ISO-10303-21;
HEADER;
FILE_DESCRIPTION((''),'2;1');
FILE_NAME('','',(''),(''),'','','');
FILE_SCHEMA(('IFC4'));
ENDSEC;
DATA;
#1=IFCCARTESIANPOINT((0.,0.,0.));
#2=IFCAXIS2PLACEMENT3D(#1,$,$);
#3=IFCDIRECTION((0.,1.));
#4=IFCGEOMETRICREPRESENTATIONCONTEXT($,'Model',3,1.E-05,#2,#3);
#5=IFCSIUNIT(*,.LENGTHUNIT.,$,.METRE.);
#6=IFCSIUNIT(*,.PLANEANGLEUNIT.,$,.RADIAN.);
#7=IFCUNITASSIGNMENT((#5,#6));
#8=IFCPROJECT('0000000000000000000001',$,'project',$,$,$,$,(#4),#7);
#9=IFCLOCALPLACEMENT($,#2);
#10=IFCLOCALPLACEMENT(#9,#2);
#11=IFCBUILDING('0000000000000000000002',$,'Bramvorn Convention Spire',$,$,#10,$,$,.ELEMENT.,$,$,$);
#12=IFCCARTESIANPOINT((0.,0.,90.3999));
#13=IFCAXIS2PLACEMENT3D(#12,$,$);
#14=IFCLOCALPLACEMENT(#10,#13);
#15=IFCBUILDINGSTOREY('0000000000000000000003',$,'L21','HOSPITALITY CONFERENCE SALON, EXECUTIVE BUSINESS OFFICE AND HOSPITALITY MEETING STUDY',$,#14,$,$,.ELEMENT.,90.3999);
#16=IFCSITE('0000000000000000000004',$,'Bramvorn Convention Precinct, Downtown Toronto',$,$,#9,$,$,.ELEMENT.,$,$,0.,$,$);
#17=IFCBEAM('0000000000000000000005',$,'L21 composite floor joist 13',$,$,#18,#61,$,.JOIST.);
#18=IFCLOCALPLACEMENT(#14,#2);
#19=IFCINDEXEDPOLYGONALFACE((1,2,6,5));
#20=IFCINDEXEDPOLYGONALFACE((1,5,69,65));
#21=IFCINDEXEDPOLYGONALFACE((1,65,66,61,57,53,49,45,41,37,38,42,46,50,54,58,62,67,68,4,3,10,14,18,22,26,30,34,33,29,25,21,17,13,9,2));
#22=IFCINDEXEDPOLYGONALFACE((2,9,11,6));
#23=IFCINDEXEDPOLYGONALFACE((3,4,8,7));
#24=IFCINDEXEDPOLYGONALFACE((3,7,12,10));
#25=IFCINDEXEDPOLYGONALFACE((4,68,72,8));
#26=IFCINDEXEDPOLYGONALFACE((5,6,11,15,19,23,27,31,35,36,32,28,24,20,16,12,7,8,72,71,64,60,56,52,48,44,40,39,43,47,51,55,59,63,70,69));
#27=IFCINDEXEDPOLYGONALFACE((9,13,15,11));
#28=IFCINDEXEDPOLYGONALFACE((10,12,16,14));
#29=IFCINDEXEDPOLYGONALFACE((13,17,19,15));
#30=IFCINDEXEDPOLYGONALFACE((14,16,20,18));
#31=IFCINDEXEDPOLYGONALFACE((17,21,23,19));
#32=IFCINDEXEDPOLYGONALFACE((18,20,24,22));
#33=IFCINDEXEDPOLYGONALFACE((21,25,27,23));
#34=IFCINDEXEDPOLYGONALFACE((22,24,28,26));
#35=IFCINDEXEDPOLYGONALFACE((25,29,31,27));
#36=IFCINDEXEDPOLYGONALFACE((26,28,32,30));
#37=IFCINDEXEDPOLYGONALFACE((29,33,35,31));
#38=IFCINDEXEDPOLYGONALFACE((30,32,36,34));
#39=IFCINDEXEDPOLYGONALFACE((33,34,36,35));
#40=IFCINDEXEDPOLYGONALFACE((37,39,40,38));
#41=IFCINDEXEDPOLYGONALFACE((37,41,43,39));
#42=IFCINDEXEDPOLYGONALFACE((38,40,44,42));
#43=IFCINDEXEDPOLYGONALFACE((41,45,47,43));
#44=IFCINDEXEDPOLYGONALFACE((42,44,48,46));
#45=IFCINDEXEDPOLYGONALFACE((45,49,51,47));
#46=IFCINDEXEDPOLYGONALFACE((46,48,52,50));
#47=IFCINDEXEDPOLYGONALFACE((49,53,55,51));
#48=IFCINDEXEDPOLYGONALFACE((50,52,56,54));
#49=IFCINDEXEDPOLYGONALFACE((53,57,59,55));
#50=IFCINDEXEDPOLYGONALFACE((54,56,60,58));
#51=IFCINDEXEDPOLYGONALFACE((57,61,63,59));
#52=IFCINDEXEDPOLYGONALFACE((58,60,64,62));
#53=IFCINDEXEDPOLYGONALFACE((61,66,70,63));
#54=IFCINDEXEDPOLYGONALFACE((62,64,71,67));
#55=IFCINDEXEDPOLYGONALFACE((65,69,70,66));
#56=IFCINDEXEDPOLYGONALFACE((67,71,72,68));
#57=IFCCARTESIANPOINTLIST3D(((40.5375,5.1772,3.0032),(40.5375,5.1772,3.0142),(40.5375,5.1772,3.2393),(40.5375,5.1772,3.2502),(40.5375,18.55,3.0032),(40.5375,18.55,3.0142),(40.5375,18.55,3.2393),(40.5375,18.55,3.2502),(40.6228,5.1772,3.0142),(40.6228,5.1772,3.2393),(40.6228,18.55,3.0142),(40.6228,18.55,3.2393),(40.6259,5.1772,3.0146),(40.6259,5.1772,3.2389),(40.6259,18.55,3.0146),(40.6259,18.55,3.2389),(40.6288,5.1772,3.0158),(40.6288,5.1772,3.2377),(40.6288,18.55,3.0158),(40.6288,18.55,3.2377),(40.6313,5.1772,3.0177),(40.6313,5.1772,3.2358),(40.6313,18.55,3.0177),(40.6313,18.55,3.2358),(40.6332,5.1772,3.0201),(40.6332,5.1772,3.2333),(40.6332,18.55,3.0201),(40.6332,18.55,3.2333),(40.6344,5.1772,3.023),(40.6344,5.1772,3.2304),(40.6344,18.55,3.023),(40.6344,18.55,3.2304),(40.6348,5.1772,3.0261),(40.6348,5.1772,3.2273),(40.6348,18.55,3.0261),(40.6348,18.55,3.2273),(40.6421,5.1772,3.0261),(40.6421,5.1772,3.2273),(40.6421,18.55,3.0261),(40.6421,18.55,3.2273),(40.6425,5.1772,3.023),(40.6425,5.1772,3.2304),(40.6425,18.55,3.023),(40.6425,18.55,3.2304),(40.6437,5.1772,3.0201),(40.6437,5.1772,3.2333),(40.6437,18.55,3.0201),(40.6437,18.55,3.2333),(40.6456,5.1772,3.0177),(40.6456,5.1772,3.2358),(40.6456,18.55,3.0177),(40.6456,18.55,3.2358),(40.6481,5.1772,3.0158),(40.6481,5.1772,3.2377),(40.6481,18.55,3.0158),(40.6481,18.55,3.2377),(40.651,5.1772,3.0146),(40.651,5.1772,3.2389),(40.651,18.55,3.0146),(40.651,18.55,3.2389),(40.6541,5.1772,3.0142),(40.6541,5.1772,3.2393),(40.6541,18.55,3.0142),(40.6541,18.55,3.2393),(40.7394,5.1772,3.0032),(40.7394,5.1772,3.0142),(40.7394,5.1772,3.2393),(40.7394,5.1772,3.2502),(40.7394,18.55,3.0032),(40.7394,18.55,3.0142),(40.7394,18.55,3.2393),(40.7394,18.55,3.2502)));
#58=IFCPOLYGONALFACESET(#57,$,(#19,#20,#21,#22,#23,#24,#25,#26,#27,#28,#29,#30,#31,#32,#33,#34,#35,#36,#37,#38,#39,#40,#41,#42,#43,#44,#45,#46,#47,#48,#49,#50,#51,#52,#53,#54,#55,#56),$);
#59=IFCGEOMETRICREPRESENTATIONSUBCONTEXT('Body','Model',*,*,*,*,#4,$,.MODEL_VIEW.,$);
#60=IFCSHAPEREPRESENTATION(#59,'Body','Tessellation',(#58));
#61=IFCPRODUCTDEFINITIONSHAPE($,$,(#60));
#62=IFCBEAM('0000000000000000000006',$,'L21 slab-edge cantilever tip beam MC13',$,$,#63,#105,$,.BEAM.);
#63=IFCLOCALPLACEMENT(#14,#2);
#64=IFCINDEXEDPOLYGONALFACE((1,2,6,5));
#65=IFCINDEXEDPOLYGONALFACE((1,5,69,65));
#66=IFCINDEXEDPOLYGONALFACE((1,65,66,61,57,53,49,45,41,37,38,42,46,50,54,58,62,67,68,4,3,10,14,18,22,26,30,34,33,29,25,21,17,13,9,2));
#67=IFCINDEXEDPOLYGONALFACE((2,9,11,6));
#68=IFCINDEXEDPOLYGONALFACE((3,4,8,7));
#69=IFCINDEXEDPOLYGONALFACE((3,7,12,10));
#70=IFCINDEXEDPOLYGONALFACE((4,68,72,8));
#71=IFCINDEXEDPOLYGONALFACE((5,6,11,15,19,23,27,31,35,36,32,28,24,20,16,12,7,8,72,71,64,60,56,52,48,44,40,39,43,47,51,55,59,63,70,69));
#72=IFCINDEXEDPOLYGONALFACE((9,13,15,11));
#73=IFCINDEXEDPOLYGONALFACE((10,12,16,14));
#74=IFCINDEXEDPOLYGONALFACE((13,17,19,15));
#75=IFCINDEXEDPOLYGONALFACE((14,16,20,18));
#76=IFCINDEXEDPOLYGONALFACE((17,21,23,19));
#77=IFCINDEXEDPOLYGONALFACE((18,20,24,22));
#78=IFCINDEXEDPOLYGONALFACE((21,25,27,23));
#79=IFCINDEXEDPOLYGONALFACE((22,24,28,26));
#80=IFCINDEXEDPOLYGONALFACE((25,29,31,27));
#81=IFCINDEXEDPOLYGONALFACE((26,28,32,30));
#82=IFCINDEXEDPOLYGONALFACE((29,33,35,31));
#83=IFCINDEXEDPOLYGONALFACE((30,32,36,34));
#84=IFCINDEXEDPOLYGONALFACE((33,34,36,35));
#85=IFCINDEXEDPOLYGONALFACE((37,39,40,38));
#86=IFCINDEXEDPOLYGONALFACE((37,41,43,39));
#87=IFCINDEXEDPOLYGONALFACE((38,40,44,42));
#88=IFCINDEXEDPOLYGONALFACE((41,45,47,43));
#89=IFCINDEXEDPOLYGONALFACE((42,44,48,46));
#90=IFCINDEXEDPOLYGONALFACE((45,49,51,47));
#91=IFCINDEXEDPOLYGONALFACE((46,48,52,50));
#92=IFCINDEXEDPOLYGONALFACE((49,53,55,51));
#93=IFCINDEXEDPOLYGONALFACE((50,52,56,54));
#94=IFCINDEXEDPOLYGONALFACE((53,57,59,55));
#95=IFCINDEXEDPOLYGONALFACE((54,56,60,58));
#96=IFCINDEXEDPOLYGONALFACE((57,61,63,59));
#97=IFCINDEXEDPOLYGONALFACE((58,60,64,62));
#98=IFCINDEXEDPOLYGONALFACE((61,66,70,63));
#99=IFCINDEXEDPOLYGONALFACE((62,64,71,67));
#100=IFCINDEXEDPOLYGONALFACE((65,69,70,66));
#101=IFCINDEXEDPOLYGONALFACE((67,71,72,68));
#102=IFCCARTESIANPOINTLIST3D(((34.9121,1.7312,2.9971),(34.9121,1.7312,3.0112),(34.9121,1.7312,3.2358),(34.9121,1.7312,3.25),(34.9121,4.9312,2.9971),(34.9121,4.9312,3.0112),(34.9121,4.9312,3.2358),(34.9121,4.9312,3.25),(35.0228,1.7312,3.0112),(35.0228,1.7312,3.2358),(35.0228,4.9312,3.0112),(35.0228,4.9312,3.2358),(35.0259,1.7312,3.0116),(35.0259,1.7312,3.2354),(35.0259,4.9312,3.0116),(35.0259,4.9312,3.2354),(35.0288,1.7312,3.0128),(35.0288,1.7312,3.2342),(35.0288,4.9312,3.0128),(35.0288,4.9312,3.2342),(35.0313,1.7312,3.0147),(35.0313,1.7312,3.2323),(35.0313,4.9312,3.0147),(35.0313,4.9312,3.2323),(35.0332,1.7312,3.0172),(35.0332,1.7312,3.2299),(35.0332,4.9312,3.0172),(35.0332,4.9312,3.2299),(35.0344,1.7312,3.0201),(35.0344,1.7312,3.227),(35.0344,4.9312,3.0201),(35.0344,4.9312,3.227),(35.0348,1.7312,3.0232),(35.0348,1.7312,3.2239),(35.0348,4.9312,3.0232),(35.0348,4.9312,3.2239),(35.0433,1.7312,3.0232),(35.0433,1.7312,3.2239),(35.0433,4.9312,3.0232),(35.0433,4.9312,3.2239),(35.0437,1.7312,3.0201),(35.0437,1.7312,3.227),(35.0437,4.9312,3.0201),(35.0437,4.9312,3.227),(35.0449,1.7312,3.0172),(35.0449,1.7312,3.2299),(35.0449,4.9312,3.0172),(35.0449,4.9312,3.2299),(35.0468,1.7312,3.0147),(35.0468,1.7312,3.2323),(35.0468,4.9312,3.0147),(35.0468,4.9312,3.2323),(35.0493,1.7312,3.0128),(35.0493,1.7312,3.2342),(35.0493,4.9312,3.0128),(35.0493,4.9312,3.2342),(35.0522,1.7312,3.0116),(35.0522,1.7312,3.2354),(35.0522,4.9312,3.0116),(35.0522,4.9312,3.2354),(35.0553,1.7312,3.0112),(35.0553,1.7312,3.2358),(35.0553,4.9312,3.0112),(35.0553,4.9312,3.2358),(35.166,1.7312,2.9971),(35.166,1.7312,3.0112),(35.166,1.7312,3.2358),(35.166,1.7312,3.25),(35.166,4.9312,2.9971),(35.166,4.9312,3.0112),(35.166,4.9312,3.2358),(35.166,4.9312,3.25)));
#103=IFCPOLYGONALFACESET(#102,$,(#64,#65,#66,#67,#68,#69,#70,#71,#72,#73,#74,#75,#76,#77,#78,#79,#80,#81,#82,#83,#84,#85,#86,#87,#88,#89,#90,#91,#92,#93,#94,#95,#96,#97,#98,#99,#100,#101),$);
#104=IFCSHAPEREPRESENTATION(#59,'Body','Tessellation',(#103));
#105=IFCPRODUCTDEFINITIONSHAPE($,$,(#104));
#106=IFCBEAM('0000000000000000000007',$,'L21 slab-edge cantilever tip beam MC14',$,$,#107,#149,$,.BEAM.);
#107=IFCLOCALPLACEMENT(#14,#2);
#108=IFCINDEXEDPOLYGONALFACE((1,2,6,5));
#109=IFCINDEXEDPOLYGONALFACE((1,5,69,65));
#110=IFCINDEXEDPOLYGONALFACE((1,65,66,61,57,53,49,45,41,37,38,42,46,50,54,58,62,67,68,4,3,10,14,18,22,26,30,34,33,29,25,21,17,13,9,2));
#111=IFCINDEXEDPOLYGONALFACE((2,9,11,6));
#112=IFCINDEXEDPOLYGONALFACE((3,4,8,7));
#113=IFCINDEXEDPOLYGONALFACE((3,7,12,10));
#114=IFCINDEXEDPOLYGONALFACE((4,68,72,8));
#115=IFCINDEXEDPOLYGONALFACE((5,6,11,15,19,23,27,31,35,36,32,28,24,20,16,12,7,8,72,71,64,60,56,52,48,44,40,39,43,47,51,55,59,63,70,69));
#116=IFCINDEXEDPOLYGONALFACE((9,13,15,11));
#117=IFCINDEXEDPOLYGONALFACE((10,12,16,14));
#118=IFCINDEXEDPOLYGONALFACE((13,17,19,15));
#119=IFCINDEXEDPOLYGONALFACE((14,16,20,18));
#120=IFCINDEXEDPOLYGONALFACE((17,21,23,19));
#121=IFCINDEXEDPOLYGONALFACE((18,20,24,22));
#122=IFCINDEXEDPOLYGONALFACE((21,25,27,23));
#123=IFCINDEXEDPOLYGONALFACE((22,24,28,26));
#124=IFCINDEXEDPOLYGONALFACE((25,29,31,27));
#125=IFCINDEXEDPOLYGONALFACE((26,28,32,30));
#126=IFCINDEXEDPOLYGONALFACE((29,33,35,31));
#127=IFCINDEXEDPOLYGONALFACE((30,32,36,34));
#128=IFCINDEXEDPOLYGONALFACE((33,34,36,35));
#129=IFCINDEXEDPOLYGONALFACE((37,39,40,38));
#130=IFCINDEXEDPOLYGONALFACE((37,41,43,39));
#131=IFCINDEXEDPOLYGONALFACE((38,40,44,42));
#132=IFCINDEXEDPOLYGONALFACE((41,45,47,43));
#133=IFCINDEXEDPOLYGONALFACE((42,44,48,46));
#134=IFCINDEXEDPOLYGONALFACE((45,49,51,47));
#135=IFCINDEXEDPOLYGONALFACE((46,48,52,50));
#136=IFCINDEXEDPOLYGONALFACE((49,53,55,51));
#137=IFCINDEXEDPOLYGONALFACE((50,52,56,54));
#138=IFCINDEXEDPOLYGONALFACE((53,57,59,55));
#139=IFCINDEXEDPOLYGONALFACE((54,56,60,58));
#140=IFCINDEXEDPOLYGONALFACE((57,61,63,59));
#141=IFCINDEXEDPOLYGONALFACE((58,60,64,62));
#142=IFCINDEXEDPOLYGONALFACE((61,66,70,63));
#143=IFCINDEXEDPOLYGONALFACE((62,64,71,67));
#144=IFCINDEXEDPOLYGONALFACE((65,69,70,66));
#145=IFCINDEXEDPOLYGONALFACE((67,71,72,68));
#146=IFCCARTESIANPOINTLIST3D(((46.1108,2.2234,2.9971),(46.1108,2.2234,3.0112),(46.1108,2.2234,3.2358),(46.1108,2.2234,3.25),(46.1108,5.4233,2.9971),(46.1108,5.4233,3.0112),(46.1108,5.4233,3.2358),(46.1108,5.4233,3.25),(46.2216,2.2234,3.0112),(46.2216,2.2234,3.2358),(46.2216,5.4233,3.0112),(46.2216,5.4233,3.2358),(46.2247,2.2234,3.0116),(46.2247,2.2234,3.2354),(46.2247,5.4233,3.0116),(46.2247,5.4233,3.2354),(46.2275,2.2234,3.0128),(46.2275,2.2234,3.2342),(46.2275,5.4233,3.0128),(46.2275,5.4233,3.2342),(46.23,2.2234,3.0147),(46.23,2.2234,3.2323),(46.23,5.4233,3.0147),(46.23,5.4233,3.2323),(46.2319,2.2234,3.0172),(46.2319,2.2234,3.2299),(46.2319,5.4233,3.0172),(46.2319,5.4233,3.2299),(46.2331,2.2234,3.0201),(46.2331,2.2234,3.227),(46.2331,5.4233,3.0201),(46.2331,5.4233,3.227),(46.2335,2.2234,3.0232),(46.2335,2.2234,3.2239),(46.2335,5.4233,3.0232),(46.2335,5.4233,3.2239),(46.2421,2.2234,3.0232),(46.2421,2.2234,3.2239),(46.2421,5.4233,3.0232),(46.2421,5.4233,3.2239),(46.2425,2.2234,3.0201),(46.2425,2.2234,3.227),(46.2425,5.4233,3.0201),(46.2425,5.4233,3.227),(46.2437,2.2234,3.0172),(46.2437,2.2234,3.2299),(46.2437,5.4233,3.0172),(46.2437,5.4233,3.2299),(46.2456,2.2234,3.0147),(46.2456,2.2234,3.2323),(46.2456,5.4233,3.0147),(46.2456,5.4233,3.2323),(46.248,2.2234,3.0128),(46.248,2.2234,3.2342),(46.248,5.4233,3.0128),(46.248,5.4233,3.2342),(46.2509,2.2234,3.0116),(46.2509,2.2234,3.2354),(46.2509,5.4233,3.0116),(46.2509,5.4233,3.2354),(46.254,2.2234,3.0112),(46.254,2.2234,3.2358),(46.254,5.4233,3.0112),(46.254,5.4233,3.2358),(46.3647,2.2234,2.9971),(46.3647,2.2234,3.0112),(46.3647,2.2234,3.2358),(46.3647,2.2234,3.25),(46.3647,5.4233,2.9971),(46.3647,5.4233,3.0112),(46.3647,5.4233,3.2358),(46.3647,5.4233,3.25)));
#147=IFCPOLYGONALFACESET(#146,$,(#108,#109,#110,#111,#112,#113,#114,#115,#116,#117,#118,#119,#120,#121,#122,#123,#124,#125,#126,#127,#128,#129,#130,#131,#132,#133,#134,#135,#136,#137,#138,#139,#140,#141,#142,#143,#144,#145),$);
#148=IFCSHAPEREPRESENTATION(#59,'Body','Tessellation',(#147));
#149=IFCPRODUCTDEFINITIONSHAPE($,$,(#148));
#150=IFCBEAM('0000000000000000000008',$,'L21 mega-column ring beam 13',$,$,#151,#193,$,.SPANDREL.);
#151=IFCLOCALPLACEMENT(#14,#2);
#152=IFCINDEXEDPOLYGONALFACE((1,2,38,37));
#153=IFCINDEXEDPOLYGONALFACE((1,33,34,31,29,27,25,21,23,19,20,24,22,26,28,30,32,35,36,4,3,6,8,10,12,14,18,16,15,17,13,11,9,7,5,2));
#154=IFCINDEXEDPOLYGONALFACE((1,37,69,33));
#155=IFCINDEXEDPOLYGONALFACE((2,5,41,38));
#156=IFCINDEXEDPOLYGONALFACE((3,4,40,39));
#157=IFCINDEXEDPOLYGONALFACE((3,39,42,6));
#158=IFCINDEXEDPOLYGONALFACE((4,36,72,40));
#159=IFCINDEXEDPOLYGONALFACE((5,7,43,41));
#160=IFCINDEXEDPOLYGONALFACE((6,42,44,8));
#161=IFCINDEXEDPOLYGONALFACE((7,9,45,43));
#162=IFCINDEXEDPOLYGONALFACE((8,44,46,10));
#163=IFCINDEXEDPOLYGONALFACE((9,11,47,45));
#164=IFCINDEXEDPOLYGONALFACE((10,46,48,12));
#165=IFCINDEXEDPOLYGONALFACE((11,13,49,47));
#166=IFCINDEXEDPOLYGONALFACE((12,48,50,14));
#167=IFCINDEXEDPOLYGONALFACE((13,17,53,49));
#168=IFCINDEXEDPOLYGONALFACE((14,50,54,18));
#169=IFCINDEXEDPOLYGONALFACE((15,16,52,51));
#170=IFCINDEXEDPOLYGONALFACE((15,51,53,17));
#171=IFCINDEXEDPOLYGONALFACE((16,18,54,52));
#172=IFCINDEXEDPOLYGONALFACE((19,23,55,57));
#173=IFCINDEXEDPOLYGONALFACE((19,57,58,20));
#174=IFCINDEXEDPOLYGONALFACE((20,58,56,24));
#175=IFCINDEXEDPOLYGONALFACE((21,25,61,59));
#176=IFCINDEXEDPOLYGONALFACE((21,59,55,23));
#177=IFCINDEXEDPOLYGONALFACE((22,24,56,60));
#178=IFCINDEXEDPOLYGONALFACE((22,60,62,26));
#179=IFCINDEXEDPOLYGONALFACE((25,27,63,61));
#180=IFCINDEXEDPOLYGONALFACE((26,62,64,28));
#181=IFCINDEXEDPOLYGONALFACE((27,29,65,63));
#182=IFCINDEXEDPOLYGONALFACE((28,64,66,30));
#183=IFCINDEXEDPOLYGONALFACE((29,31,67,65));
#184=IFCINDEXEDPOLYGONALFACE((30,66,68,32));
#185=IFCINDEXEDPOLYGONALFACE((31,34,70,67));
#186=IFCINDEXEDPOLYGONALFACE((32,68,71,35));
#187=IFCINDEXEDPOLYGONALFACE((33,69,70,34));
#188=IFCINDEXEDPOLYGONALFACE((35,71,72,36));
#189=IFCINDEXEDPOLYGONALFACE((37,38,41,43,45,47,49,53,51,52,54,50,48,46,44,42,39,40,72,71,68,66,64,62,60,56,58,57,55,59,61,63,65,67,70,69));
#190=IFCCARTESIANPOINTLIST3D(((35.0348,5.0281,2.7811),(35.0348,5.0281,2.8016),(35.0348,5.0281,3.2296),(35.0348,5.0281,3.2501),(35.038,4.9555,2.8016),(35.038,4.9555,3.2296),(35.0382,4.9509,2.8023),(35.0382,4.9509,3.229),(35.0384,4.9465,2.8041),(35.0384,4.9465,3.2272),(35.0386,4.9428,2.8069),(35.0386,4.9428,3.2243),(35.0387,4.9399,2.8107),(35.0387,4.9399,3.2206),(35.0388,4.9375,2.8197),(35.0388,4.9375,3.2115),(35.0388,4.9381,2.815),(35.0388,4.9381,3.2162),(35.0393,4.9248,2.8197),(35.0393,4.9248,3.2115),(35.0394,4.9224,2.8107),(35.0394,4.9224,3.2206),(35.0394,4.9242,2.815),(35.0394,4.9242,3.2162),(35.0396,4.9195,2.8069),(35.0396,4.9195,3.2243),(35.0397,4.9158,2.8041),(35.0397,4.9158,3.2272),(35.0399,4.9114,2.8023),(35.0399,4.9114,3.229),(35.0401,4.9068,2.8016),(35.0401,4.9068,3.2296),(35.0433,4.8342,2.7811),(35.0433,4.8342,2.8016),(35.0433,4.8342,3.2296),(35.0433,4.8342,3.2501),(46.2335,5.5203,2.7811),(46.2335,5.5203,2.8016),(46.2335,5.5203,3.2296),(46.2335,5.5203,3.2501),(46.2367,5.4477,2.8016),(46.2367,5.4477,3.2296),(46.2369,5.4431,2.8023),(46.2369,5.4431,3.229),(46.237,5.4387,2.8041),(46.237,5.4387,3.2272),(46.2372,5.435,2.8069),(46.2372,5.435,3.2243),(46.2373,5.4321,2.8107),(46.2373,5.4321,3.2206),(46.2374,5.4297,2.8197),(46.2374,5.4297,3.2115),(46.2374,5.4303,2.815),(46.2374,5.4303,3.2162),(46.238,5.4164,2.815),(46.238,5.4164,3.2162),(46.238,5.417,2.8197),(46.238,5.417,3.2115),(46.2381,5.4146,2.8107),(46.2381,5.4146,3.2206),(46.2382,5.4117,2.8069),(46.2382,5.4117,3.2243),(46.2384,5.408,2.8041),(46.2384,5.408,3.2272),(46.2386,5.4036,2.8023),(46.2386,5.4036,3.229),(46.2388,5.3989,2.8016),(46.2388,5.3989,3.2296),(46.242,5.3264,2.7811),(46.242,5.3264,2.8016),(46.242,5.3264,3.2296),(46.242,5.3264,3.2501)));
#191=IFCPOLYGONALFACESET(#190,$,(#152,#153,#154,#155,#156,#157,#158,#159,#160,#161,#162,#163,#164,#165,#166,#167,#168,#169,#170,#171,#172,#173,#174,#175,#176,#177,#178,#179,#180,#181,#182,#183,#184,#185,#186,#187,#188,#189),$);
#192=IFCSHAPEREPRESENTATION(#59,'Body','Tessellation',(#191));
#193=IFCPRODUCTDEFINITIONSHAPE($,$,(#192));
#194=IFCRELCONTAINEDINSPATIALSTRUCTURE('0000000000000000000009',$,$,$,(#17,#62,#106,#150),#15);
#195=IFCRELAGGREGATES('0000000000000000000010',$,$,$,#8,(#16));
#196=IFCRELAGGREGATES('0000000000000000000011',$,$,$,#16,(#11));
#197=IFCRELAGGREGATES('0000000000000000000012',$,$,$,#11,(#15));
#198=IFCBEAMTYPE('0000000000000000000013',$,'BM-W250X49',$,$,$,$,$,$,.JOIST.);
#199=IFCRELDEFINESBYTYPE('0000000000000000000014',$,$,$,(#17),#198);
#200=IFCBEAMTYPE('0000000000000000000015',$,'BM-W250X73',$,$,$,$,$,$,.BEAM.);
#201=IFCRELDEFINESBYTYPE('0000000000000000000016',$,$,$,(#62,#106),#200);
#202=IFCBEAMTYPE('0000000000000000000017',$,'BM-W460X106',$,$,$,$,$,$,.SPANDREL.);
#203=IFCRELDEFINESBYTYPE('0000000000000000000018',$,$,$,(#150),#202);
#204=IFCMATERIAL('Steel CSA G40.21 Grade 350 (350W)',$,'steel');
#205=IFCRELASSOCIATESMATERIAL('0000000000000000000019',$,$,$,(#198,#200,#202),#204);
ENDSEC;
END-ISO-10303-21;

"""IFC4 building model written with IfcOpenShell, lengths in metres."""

from ifc_helpers import new_model, si_unit, direction, frame, origin, origin_2d, place, context, subcontext, project, spatial, i_section, extrude, material, material_profile, profile_set, type_object, element, save


model = new_model("IFC4")

# Units and contexts
model_context = context("Model", 3, precision=1e-05, world=origin(), true_north=direction((0.0, 1.0)))
body_context = subcontext(model_context, "Body", "Model", "MODEL_VIEW")
ifc_project = project(units=[si_unit("LENGTHUNIT", "METRE"), si_unit("PLANEANGLEUNIT", "RADIAN")], contexts=[model_context])

# Site, building, storey
site_placement = place(None, origin())
site = spatial("IfcSite", under=ifc_project, at=site_placement, Name="Bramvorn Convention Precinct, Downtown Toronto", CompositionType="ELEMENT", RefElevation=0.0)
building_placement = place(site_placement, origin())
building = spatial("IfcBuilding", under=site, at=building_placement, Name="Bramvorn Convention Spire", CompositionType="ELEMENT")
storey_placement = place(building_placement, frame((0.0, 0.0, 90.3999)))
storey = spatial("IfcBuildingStorey", under=building, at=storey_placement, Name="L21", Description="HOSPITALITY CONFERENCE SALON, EXECUTIVE BUSINESS OFFICE AND HOSPITALITY MEETING STUDY", CompositionType="ELEMENT", Elevation=90.3999)

# Shared definitions
ifc_material_1 = material(Name="Steel CSA G40.21 Grade 350 (350W)", Category="steel")

# Beams
ifc_material_profile_1 = material_profile(ifc_material_1, i_section(OverallWidth=0.2019, OverallDepth=0.2471, WebThickness=0.0073, FlangeThickness=0.011, FilletRadius=0.012, at=origin_2d()))
ifc_profile_set_1 = profile_set([ifc_material_profile_1], Name="Steel CSA G40.21 Grade 350 (350W) - W250X49")
beam_type_1 = type_object("IfcBeamType", Name="BM-W250X49", PredefinedType="JOIST", material=ifc_profile_set_1)
beam_1_placement = place(storey_placement, frame((40.6384, 18.55, 3.1267), z_axis=(0.0, -1.0, 0.0), x_axis=(1.0, 0.0, 0.0)))
element("IfcBeam", 1, at=beam_1_placement, inside=storey, type_object=beam_type_1, Name="L21 composite floor joist 13", PredefinedType="JOIST", context=body_context, shape_type="SweptSolid", body=[
    extrude(i_section(OverallWidth=0.2019, OverallDepth=0.2471, WebThickness=0.0073, FlangeThickness=0.011, FilletRadius=0.012, at=origin_2d()), origin(), (0.0, 0.0, 1.0), 13.3728),
])
ifc_material_profile_2 = material_profile(ifc_material_1, i_section(OverallWidth=0.2539, OverallDepth=0.2529, WebThickness=0.0085, FlangeThickness=0.0142, FilletRadius=0.012, at=origin_2d()))
ifc_profile_set_2 = profile_set([ifc_material_profile_2], Name="Steel CSA G40.21 Grade 350 (350W) - W250X73")
beam_type_2 = type_object("IfcBeamType", Name="BM-W250X73", PredefinedType="BEAM", material=ifc_profile_set_2)
for number, where, z_axis, x_axis, name in (
    (2, (35.0391, 4.9312, 3.1235), (0.0, -1.0, 0.0), (1.0, 0.0, 0.0), "L21 slab-edge cantilever tip beam MC13"),
    (3, (46.2378, 5.4233, 3.1235), (0.0, -1.0, 0.0), (1.0, 0.0, 0.0), "L21 slab-edge cantilever tip beam MC14"),
):
    element("IfcBeam", number, at=place(storey_placement, frame(where, z_axis=z_axis, x_axis=x_axis)), inside=storey, type_object=beam_type_2, Name=name, PredefinedType="BEAM", context=body_context, shape_type="SweptSolid", body=[
        extrude(i_section(OverallWidth=0.2539, OverallDepth=0.2529, WebThickness=0.0085, FlangeThickness=0.0142, FilletRadius=0.012, at=origin_2d()), origin(), (0.0, 0.0, 1.0), 3.2),
    ])
ifc_material_profile_3 = material_profile(ifc_material_1, i_section(OverallWidth=0.1941, OverallDepth=0.469, WebThickness=0.0127, FlangeThickness=0.0205, FilletRadius=0.0181, at=origin_2d()))
ifc_profile_set_3 = profile_set([ifc_material_profile_3], Name="Steel CSA G40.21 Grade 350 (350W) - W460X106")
beam_type_3 = type_object("IfcBeamType", Name="BM-W460X106", PredefinedType="SPANDREL", material=ifc_profile_set_3)
beam_2_placement = place(storey_placement, frame((35.0391, 4.9312, 3.0156), z_axis=(0.999036, 0.043908, 0.0), x_axis=(-0.043908, 0.999036, 0.0)))
element("IfcBeam", 4, at=beam_2_placement, inside=storey, type_object=beam_type_3, Name="L21 mega-column ring beam 13", PredefinedType="SPANDREL", context=body_context, shape_type="SweptSolid", body=[
    extrude(i_section(OverallWidth=0.1941, OverallDepth=0.469, WebThickness=0.0127, FlangeThickness=0.0205, FilletRadius=0.0181, at=origin_2d()), origin(), (0.0, 0.0, 1.0), 11.2095),
])

save(model, "model.ifc")
